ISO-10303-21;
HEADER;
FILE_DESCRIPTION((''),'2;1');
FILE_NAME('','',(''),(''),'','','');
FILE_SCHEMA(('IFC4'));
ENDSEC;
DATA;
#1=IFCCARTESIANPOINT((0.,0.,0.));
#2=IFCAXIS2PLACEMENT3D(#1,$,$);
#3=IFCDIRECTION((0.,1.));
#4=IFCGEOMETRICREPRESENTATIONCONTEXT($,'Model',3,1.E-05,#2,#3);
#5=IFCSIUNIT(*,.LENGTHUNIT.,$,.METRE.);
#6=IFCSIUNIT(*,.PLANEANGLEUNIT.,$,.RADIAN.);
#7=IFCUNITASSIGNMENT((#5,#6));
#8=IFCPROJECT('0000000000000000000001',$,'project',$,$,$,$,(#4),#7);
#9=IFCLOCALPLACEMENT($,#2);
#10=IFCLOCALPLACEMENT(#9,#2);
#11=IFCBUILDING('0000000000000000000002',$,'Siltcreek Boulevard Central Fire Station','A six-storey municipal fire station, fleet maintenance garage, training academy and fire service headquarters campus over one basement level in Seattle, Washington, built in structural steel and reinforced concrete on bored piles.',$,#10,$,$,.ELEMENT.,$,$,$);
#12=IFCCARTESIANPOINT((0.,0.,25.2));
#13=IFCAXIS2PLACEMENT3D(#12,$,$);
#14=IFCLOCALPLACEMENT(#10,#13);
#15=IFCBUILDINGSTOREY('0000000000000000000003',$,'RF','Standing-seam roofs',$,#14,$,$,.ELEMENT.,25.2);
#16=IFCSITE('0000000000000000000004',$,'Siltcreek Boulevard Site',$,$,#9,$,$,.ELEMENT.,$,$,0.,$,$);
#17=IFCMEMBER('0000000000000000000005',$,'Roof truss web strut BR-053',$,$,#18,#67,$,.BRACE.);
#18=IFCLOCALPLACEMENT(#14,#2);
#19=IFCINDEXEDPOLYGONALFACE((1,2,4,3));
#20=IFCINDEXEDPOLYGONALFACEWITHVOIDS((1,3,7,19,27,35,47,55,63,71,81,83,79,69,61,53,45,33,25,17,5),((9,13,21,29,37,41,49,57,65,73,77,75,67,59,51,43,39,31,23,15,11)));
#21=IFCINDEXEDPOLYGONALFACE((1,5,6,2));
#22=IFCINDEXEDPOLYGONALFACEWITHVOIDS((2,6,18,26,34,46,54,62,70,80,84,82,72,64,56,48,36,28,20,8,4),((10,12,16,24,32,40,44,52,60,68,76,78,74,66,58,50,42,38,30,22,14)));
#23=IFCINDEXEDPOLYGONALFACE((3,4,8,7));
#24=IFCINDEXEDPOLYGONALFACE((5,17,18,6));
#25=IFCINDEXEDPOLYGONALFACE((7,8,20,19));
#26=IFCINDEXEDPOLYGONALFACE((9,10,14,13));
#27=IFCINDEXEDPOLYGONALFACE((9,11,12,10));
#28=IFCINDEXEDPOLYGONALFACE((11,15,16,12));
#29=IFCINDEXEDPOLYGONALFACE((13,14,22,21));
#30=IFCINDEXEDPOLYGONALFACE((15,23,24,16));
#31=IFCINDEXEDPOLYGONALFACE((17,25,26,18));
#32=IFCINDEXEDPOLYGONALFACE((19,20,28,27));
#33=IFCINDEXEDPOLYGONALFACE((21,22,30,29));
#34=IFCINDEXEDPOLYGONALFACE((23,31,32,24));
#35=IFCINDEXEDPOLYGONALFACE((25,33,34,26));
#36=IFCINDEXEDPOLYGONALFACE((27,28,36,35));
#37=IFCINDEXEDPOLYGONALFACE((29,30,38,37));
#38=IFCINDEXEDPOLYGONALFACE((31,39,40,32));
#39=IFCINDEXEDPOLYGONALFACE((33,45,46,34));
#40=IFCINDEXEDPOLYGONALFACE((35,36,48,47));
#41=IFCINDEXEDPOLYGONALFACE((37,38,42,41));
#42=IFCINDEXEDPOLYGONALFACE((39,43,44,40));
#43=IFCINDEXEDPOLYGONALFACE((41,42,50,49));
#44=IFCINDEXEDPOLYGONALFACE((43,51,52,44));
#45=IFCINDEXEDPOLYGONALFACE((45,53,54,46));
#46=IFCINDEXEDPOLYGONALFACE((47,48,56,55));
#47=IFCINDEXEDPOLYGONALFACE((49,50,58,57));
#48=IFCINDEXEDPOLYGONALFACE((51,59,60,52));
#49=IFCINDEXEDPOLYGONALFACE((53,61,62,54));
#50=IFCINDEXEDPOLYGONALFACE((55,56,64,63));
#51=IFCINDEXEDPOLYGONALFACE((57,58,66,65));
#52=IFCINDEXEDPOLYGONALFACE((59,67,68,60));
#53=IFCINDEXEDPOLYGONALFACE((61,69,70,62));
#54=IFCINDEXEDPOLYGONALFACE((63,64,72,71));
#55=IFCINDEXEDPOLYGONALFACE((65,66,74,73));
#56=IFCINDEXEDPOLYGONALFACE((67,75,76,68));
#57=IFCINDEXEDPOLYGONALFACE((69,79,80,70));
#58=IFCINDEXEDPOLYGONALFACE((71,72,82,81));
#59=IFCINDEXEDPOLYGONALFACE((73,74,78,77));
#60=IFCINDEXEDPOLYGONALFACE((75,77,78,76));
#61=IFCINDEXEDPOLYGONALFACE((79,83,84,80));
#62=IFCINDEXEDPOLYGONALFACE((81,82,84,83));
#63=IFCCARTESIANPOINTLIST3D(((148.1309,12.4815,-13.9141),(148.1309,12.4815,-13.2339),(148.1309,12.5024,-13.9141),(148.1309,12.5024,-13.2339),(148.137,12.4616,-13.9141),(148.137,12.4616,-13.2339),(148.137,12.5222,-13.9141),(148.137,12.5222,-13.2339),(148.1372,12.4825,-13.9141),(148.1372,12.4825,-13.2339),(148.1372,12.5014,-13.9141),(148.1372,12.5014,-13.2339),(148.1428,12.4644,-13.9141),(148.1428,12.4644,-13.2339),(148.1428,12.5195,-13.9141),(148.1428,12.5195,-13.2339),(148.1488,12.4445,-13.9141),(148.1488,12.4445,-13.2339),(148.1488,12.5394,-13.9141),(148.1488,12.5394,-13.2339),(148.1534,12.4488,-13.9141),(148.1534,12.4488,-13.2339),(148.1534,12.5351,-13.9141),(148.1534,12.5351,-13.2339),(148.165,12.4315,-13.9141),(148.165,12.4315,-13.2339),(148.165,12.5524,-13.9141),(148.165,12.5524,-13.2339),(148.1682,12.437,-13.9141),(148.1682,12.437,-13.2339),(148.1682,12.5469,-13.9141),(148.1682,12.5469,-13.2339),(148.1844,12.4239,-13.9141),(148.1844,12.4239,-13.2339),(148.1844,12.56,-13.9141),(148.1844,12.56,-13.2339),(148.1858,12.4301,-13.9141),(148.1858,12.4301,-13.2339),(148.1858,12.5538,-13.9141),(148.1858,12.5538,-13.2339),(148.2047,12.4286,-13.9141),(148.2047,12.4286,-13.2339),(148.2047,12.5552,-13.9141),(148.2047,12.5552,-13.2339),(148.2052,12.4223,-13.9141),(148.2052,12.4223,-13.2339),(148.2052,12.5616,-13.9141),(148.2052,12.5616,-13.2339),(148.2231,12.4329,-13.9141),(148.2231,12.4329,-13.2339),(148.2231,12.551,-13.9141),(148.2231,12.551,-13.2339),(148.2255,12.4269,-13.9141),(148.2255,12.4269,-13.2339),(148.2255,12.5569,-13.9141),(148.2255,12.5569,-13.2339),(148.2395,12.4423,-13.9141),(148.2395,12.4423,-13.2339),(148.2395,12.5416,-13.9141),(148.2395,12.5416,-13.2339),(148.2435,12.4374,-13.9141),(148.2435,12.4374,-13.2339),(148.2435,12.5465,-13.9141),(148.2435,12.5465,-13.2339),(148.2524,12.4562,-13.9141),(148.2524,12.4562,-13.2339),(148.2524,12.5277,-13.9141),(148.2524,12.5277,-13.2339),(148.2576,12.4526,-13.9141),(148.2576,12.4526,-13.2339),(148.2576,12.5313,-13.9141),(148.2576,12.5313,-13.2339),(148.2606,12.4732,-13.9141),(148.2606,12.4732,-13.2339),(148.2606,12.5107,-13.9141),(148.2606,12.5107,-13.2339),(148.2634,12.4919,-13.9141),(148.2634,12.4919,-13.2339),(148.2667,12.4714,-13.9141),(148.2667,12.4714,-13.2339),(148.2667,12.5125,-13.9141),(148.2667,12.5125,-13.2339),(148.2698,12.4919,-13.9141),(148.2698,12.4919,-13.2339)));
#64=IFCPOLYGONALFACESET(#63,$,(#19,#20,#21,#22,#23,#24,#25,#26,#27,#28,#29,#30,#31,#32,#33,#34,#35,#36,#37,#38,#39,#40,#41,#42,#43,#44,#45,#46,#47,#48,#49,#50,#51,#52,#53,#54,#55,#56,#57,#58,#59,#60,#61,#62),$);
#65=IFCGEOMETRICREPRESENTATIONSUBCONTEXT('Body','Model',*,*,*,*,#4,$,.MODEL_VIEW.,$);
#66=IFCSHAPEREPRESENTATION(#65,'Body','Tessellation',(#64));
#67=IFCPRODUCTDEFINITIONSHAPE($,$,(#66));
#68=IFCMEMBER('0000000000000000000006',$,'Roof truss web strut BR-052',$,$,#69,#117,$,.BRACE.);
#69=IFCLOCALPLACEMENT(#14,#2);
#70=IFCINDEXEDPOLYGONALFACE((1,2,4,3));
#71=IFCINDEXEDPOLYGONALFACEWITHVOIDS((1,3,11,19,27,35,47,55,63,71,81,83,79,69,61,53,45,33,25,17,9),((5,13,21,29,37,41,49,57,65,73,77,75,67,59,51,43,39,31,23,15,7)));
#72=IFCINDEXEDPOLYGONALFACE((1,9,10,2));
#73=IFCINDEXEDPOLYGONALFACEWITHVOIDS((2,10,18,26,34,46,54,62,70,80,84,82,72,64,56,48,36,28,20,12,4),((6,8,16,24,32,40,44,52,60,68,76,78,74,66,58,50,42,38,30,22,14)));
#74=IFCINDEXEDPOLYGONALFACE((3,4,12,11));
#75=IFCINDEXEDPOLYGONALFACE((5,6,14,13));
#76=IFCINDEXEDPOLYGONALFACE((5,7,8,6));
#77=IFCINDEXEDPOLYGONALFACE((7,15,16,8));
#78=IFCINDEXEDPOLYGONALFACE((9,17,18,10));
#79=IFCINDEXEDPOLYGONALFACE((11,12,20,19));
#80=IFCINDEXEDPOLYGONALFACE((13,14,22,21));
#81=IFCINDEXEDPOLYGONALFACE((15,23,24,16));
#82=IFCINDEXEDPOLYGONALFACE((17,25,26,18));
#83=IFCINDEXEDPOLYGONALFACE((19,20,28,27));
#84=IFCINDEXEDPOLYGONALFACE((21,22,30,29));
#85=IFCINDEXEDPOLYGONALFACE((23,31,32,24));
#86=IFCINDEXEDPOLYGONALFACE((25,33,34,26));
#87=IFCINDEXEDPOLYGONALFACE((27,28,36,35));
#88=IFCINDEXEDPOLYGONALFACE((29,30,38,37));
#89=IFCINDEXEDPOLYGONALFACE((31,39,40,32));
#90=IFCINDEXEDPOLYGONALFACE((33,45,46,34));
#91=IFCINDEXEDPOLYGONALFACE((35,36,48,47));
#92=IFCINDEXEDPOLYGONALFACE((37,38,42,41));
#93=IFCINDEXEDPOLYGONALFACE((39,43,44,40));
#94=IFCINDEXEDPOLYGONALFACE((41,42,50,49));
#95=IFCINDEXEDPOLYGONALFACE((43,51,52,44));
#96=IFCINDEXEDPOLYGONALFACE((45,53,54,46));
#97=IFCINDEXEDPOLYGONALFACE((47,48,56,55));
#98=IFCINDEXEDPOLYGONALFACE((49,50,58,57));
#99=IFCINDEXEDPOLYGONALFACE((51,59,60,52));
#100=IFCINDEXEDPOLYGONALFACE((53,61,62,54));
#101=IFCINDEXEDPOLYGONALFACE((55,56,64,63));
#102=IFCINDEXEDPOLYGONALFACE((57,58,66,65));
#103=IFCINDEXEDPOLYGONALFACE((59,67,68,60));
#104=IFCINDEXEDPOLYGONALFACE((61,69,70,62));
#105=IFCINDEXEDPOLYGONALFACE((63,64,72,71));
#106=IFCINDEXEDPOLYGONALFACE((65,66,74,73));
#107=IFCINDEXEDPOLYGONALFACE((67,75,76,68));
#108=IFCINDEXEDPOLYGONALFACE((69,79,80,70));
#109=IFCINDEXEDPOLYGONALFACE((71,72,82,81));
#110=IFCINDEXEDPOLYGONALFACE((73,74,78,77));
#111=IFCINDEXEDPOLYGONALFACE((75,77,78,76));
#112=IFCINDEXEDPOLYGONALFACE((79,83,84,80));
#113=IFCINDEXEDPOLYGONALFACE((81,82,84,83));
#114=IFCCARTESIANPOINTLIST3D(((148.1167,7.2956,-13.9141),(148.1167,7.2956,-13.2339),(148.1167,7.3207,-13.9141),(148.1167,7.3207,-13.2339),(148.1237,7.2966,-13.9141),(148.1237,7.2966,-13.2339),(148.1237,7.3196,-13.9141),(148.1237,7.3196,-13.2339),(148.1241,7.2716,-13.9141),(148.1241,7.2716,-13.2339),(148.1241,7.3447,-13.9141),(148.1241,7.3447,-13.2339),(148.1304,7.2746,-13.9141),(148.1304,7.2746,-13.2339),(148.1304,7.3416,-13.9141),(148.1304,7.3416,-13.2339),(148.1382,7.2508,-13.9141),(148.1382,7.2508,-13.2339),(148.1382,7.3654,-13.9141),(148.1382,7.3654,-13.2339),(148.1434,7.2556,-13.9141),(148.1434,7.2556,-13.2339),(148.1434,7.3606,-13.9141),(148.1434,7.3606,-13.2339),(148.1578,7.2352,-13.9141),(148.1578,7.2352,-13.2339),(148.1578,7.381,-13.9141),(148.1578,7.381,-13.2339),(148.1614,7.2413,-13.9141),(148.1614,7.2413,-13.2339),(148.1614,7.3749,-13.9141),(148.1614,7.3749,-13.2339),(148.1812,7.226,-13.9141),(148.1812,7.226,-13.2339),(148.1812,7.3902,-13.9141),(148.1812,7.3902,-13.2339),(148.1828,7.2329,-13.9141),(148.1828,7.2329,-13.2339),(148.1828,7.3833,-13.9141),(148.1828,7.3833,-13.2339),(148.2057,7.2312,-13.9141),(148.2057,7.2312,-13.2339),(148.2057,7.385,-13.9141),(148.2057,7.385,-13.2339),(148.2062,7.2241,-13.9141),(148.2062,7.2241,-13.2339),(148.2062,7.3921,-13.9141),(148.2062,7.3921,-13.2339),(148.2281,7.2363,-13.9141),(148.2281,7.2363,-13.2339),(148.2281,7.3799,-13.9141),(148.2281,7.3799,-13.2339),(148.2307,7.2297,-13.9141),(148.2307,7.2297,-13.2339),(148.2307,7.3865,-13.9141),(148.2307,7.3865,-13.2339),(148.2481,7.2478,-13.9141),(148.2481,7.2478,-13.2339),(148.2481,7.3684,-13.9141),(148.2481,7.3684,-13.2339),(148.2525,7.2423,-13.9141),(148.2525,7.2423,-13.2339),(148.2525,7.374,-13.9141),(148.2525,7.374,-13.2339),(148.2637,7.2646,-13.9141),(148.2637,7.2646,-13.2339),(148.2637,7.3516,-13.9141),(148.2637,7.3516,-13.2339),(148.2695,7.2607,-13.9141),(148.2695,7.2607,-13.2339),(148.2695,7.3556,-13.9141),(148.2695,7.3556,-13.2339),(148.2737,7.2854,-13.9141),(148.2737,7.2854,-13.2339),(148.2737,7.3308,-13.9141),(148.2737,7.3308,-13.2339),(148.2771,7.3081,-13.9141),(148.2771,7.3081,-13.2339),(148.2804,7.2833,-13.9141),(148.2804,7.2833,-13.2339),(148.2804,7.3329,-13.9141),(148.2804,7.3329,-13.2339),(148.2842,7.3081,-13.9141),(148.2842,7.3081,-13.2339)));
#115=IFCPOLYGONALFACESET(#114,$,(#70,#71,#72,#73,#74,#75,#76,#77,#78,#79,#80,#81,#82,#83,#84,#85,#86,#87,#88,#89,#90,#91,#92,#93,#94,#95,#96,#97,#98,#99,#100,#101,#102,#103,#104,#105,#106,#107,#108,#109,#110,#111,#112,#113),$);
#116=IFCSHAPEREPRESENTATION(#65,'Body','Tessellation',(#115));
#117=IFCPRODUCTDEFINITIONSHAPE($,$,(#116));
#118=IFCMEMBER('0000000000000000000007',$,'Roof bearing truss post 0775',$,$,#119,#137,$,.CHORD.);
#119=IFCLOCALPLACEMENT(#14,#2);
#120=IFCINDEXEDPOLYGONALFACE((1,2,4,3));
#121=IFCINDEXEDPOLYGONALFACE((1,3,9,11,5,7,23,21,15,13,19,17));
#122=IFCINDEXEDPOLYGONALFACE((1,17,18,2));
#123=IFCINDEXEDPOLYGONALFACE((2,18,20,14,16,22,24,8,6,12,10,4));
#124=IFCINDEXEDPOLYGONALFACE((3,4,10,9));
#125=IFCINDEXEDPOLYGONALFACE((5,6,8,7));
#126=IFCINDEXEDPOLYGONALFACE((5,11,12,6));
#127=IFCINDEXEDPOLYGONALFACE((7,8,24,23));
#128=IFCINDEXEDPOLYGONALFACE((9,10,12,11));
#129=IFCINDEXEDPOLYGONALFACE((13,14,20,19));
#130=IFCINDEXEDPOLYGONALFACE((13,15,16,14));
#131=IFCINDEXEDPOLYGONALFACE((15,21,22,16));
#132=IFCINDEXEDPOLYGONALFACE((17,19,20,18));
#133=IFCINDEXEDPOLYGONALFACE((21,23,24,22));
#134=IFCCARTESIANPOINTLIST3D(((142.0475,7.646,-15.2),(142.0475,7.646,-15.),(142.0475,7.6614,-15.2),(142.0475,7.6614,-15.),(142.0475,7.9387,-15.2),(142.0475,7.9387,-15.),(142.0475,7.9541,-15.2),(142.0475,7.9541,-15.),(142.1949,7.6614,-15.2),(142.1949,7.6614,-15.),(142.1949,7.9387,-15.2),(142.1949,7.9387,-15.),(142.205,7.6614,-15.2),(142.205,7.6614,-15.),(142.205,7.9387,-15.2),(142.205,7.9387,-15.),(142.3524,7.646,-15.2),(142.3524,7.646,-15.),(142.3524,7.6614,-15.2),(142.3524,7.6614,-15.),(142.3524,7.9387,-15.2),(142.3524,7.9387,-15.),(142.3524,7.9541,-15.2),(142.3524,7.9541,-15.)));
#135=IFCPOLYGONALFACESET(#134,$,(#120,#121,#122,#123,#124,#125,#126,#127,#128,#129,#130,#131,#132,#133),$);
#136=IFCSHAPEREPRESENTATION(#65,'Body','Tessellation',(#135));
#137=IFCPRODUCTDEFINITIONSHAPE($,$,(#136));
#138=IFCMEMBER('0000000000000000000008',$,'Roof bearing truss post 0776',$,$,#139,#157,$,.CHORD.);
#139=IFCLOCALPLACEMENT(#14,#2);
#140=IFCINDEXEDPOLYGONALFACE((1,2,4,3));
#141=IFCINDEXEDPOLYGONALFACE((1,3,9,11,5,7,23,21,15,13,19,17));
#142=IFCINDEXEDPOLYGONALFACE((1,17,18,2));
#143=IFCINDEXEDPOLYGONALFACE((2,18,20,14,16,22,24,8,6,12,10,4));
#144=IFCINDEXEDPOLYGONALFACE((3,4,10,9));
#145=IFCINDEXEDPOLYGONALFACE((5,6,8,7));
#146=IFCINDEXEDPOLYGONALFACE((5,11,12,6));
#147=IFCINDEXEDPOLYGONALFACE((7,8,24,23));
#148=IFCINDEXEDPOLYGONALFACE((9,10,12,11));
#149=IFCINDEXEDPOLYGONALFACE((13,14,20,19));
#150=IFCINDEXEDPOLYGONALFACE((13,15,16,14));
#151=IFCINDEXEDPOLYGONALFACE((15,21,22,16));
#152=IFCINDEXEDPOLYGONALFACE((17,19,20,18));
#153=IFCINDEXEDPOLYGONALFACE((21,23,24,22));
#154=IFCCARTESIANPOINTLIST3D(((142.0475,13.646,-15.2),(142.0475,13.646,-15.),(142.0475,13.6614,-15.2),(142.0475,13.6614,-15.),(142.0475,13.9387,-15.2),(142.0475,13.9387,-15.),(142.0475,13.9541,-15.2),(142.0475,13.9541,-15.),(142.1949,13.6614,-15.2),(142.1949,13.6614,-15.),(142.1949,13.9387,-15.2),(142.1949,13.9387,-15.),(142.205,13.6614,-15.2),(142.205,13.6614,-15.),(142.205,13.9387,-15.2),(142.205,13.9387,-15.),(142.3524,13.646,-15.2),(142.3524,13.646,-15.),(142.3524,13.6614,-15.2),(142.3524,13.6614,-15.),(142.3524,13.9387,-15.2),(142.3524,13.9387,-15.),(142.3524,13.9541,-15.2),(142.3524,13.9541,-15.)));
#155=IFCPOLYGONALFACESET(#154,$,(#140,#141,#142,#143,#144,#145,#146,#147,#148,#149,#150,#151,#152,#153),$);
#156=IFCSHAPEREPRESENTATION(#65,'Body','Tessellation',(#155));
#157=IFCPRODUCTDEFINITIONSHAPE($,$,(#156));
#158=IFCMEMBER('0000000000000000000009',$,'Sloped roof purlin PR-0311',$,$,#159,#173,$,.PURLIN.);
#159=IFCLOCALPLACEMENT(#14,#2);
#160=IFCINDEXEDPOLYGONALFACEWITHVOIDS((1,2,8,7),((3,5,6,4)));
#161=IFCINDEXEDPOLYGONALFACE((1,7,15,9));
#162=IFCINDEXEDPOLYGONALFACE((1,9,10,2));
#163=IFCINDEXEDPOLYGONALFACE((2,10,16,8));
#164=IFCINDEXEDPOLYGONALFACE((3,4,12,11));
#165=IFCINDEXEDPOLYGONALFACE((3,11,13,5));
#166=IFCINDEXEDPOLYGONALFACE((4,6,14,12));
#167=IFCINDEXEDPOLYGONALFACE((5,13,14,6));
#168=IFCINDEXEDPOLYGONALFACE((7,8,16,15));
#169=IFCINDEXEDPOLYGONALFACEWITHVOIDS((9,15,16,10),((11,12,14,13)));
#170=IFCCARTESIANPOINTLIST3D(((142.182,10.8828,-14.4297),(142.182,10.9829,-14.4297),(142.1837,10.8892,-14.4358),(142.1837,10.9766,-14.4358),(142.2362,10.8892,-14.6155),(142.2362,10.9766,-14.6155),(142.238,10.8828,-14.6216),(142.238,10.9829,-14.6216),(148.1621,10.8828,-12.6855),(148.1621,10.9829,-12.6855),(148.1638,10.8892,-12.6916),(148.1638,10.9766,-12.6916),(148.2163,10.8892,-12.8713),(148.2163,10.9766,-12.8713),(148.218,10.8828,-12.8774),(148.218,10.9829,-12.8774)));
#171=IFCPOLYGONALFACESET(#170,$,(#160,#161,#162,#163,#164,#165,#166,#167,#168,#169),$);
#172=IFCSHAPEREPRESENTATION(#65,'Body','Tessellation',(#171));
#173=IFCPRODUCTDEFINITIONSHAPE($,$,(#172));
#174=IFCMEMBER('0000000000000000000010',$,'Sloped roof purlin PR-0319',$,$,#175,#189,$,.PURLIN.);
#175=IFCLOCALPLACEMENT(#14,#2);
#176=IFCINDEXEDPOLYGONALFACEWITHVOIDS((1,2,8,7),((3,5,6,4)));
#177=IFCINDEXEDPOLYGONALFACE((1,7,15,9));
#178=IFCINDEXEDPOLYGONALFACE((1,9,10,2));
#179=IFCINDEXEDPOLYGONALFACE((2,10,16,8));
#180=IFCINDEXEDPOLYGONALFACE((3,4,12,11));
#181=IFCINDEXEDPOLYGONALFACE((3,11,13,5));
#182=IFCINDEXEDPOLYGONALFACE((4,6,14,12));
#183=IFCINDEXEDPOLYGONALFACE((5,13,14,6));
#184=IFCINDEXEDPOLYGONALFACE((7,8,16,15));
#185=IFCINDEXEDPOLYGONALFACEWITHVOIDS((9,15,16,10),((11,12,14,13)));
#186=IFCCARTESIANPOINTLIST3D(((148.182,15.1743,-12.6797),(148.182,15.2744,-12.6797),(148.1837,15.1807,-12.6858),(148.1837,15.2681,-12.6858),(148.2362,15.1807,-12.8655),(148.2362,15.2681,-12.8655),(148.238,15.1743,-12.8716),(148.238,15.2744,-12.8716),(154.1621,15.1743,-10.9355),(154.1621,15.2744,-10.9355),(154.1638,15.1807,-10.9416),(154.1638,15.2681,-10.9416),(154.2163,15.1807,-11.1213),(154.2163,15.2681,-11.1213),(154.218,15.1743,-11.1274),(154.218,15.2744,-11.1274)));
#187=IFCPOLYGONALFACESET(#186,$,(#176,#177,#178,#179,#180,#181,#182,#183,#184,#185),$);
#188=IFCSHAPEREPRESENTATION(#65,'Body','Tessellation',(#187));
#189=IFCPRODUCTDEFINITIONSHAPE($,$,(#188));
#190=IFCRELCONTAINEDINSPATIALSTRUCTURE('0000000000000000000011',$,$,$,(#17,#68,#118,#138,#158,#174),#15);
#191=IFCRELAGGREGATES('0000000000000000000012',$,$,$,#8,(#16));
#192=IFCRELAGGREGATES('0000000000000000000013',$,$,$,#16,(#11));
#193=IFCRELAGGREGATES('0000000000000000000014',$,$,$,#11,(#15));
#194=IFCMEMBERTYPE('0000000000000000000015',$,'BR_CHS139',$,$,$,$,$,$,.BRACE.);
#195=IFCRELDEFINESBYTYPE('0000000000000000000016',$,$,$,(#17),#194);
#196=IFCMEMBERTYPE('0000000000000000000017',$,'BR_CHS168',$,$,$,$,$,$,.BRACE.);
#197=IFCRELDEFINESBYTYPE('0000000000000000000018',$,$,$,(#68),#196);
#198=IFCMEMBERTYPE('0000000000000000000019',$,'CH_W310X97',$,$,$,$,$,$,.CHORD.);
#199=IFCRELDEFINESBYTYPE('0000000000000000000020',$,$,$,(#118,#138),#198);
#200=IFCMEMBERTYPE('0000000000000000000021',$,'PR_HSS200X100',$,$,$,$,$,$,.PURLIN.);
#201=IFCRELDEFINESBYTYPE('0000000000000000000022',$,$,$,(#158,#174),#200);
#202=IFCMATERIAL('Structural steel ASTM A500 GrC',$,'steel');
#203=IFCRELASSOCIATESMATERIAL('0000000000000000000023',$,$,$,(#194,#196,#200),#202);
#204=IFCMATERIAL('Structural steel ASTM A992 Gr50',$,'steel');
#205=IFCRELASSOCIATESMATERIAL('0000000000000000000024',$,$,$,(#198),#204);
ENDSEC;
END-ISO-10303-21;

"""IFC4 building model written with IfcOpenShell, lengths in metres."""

from ifc_helpers import new_model, si_unit, direction, frame, origin, origin_2d, place, context, subcontext, project, spatial, hollow_rectangle, hollow_circle, i_section, extrude, material, material_profile, profile_set, type_object, element, save


model = new_model("IFC4")

# Units and contexts
model_context = context("Model", 3, precision=1e-05, world=origin(), true_north=direction((0.0, 1.0)))
body_context = subcontext(model_context, "Body", "Model", "MODEL_VIEW")
ifc_project = project(units=[si_unit("LENGTHUNIT", "METRE"), si_unit("PLANEANGLEUNIT", "RADIAN")], contexts=[model_context])

# Site, building, storey
site_placement = place(None, origin())
site = spatial("IfcSite", under=ifc_project, at=site_placement, Name="Siltcreek Boulevard Site", CompositionType="ELEMENT", RefElevation=0.0)
building_placement = place(site_placement, origin())
building = spatial("IfcBuilding", under=site, at=building_placement, Name="Siltcreek Boulevard Central Fire Station", Description="A six-storey municipal fire station, fleet maintenance garage, training academy and fire service headquarters campus over one basement level in Seattle, Washington, built in structural steel and reinforced concrete on bored piles.", CompositionType="ELEMENT")
storey_placement = place(building_placement, frame((0.0, 0.0, 25.2)))
storey = spatial("IfcBuildingStorey", under=building, at=storey_placement, Name="RF", Description="Standing-seam roofs", CompositionType="ELEMENT", Elevation=25.2)

# Members
ifc_material_1 = material(Name="Structural steel ASTM A500 GrC", Category="steel")
ifc_material_profile_1 = material_profile(ifc_material_1, hollow_circle(Radius=0.0698, WallThickness=0.0063, at=origin_2d()), Name="HSS139.7X6.4")
ifc_profile_set_1 = profile_set([ifc_material_profile_1], Name="Structural steel ASTM A500 GrC")
member_type_1 = type_object("IfcMemberType", Name="BR_CHS139", PredefinedType="BRACE", material=ifc_profile_set_1)
member_1_placement = place(storey_placement, frame((148.2, 12.4919, -13.9141), z_axis=(0.0, 0.0, 1.0), x_axis=(1.0, 0.0, 0.0)))
element("IfcMember", 1, at=member_1_placement, inside=storey, type_object=member_type_1, Name="Roof truss web strut BR-053", PredefinedType="BRACE", context=body_context, shape_type="SweptSolid", body=[
    extrude(hollow_circle(Radius=0.0698, WallThickness=0.0063, at=origin_2d()), origin(), (0.0, 0.0, 1.0), 0.6802),
])
ifc_material_profile_2 = material_profile(ifc_material_1, hollow_circle(Radius=0.0842, WallThickness=0.0071, at=origin_2d()), Name="HSS168.3X7.1")
ifc_profile_set_2 = profile_set([ifc_material_profile_2], Name="Structural steel ASTM A500 GrC")
member_type_2 = type_object("IfcMemberType", Name="BR_CHS168", PredefinedType="BRACE", material=ifc_profile_set_2)
member_2_placement = place(storey_placement, frame((148.2, 7.3081, -13.9141), z_axis=(0.0, 0.0, 1.0), x_axis=(1.0, 0.0, 0.0)))
element("IfcMember", 2, at=member_2_placement, inside=storey, type_object=member_type_2, Name="Roof truss web strut BR-052", PredefinedType="BRACE", context=body_context, shape_type="SweptSolid", body=[
    extrude(hollow_circle(Radius=0.0842, WallThickness=0.0071, at=origin_2d()), origin(), (0.0, 0.0, 1.0), 0.6802),
])
ifc_material_2 = material(Name="Structural steel ASTM A992 Gr50", Category="steel")
ifc_material_profile_3 = material_profile(ifc_material_2, i_section(OverallWidth=0.3049, OverallDepth=0.3081, WebThickness=0.01, FlangeThickness=0.0154, at=origin_2d()), Name="W310X97")
ifc_profile_set_3 = profile_set([ifc_material_profile_3], Name="Structural steel ASTM A992 Gr50")
member_type_3 = type_object("IfcMemberType", Name="CH_W310X97", PredefinedType="CHORD", material=ifc_profile_set_3)
for number, where, z_axis, x_axis, name in (
    (3, (142.2, 7.8, -15.2), (0.0, 0.0, 1.0), (1.0, 0.0, 0.0), "Roof bearing truss post 0775"),
    (4, (142.2, 13.8, -15.2), (0.0, 0.0, 1.0), (1.0, 0.0, 0.0), "Roof bearing truss post 0776"),
):
    element("IfcMember", number, at=place(storey_placement, frame(where, z_axis=z_axis, x_axis=x_axis)), inside=storey, type_object=member_type_3, Name=name, PredefinedType="CHORD", context=body_context, shape_type="SweptSolid", body=[
        extrude(i_section(OverallWidth=0.3049, OverallDepth=0.3081, WebThickness=0.01, FlangeThickness=0.0154, at=origin_2d()), origin(), (0.0, 0.0, 1.0), 0.2),
    ])
ifc_material_profile_4 = material_profile(ifc_material_1, hollow_rectangle(XDim=0.1001, YDim=0.2, WallThickness=0.0063, at=origin_2d()), Name="HSS200X100X6.4")
ifc_profile_set_4 = profile_set([ifc_material_profile_4], Name="Structural steel ASTM A500 GrC")
member_type_4 = type_object("IfcMemberType", Name="PR_HSS200X100", PredefinedType="PURLIN", material=ifc_profile_set_4)
for number, where, z_axis, x_axis, name in (
    (5, (142.21, 10.9329, -14.5256), (0.960001, 0.0, 0.279997), (0.0, 1.0, 0.0), "Sloped roof purlin PR-0311"),
    (6, (148.21, 15.2244, -12.7756), (0.960001, 0.0, 0.279997), (0.0, 1.0, 0.0), "Sloped roof purlin PR-0319"),
):
    element("IfcMember", number, at=place(storey_placement, frame(where, z_axis=z_axis, x_axis=x_axis)), inside=storey, type_object=member_type_4, Name=name, PredefinedType="PURLIN", context=body_context, shape_type="SweptSolid", body=[
        extrude(hollow_rectangle(XDim=0.1001, YDim=0.2, WallThickness=0.0063, at=origin_2d()), origin(), (0.0, 0.0, 1.0), 6.2292),
    ])

save(model, "model.ifc")
